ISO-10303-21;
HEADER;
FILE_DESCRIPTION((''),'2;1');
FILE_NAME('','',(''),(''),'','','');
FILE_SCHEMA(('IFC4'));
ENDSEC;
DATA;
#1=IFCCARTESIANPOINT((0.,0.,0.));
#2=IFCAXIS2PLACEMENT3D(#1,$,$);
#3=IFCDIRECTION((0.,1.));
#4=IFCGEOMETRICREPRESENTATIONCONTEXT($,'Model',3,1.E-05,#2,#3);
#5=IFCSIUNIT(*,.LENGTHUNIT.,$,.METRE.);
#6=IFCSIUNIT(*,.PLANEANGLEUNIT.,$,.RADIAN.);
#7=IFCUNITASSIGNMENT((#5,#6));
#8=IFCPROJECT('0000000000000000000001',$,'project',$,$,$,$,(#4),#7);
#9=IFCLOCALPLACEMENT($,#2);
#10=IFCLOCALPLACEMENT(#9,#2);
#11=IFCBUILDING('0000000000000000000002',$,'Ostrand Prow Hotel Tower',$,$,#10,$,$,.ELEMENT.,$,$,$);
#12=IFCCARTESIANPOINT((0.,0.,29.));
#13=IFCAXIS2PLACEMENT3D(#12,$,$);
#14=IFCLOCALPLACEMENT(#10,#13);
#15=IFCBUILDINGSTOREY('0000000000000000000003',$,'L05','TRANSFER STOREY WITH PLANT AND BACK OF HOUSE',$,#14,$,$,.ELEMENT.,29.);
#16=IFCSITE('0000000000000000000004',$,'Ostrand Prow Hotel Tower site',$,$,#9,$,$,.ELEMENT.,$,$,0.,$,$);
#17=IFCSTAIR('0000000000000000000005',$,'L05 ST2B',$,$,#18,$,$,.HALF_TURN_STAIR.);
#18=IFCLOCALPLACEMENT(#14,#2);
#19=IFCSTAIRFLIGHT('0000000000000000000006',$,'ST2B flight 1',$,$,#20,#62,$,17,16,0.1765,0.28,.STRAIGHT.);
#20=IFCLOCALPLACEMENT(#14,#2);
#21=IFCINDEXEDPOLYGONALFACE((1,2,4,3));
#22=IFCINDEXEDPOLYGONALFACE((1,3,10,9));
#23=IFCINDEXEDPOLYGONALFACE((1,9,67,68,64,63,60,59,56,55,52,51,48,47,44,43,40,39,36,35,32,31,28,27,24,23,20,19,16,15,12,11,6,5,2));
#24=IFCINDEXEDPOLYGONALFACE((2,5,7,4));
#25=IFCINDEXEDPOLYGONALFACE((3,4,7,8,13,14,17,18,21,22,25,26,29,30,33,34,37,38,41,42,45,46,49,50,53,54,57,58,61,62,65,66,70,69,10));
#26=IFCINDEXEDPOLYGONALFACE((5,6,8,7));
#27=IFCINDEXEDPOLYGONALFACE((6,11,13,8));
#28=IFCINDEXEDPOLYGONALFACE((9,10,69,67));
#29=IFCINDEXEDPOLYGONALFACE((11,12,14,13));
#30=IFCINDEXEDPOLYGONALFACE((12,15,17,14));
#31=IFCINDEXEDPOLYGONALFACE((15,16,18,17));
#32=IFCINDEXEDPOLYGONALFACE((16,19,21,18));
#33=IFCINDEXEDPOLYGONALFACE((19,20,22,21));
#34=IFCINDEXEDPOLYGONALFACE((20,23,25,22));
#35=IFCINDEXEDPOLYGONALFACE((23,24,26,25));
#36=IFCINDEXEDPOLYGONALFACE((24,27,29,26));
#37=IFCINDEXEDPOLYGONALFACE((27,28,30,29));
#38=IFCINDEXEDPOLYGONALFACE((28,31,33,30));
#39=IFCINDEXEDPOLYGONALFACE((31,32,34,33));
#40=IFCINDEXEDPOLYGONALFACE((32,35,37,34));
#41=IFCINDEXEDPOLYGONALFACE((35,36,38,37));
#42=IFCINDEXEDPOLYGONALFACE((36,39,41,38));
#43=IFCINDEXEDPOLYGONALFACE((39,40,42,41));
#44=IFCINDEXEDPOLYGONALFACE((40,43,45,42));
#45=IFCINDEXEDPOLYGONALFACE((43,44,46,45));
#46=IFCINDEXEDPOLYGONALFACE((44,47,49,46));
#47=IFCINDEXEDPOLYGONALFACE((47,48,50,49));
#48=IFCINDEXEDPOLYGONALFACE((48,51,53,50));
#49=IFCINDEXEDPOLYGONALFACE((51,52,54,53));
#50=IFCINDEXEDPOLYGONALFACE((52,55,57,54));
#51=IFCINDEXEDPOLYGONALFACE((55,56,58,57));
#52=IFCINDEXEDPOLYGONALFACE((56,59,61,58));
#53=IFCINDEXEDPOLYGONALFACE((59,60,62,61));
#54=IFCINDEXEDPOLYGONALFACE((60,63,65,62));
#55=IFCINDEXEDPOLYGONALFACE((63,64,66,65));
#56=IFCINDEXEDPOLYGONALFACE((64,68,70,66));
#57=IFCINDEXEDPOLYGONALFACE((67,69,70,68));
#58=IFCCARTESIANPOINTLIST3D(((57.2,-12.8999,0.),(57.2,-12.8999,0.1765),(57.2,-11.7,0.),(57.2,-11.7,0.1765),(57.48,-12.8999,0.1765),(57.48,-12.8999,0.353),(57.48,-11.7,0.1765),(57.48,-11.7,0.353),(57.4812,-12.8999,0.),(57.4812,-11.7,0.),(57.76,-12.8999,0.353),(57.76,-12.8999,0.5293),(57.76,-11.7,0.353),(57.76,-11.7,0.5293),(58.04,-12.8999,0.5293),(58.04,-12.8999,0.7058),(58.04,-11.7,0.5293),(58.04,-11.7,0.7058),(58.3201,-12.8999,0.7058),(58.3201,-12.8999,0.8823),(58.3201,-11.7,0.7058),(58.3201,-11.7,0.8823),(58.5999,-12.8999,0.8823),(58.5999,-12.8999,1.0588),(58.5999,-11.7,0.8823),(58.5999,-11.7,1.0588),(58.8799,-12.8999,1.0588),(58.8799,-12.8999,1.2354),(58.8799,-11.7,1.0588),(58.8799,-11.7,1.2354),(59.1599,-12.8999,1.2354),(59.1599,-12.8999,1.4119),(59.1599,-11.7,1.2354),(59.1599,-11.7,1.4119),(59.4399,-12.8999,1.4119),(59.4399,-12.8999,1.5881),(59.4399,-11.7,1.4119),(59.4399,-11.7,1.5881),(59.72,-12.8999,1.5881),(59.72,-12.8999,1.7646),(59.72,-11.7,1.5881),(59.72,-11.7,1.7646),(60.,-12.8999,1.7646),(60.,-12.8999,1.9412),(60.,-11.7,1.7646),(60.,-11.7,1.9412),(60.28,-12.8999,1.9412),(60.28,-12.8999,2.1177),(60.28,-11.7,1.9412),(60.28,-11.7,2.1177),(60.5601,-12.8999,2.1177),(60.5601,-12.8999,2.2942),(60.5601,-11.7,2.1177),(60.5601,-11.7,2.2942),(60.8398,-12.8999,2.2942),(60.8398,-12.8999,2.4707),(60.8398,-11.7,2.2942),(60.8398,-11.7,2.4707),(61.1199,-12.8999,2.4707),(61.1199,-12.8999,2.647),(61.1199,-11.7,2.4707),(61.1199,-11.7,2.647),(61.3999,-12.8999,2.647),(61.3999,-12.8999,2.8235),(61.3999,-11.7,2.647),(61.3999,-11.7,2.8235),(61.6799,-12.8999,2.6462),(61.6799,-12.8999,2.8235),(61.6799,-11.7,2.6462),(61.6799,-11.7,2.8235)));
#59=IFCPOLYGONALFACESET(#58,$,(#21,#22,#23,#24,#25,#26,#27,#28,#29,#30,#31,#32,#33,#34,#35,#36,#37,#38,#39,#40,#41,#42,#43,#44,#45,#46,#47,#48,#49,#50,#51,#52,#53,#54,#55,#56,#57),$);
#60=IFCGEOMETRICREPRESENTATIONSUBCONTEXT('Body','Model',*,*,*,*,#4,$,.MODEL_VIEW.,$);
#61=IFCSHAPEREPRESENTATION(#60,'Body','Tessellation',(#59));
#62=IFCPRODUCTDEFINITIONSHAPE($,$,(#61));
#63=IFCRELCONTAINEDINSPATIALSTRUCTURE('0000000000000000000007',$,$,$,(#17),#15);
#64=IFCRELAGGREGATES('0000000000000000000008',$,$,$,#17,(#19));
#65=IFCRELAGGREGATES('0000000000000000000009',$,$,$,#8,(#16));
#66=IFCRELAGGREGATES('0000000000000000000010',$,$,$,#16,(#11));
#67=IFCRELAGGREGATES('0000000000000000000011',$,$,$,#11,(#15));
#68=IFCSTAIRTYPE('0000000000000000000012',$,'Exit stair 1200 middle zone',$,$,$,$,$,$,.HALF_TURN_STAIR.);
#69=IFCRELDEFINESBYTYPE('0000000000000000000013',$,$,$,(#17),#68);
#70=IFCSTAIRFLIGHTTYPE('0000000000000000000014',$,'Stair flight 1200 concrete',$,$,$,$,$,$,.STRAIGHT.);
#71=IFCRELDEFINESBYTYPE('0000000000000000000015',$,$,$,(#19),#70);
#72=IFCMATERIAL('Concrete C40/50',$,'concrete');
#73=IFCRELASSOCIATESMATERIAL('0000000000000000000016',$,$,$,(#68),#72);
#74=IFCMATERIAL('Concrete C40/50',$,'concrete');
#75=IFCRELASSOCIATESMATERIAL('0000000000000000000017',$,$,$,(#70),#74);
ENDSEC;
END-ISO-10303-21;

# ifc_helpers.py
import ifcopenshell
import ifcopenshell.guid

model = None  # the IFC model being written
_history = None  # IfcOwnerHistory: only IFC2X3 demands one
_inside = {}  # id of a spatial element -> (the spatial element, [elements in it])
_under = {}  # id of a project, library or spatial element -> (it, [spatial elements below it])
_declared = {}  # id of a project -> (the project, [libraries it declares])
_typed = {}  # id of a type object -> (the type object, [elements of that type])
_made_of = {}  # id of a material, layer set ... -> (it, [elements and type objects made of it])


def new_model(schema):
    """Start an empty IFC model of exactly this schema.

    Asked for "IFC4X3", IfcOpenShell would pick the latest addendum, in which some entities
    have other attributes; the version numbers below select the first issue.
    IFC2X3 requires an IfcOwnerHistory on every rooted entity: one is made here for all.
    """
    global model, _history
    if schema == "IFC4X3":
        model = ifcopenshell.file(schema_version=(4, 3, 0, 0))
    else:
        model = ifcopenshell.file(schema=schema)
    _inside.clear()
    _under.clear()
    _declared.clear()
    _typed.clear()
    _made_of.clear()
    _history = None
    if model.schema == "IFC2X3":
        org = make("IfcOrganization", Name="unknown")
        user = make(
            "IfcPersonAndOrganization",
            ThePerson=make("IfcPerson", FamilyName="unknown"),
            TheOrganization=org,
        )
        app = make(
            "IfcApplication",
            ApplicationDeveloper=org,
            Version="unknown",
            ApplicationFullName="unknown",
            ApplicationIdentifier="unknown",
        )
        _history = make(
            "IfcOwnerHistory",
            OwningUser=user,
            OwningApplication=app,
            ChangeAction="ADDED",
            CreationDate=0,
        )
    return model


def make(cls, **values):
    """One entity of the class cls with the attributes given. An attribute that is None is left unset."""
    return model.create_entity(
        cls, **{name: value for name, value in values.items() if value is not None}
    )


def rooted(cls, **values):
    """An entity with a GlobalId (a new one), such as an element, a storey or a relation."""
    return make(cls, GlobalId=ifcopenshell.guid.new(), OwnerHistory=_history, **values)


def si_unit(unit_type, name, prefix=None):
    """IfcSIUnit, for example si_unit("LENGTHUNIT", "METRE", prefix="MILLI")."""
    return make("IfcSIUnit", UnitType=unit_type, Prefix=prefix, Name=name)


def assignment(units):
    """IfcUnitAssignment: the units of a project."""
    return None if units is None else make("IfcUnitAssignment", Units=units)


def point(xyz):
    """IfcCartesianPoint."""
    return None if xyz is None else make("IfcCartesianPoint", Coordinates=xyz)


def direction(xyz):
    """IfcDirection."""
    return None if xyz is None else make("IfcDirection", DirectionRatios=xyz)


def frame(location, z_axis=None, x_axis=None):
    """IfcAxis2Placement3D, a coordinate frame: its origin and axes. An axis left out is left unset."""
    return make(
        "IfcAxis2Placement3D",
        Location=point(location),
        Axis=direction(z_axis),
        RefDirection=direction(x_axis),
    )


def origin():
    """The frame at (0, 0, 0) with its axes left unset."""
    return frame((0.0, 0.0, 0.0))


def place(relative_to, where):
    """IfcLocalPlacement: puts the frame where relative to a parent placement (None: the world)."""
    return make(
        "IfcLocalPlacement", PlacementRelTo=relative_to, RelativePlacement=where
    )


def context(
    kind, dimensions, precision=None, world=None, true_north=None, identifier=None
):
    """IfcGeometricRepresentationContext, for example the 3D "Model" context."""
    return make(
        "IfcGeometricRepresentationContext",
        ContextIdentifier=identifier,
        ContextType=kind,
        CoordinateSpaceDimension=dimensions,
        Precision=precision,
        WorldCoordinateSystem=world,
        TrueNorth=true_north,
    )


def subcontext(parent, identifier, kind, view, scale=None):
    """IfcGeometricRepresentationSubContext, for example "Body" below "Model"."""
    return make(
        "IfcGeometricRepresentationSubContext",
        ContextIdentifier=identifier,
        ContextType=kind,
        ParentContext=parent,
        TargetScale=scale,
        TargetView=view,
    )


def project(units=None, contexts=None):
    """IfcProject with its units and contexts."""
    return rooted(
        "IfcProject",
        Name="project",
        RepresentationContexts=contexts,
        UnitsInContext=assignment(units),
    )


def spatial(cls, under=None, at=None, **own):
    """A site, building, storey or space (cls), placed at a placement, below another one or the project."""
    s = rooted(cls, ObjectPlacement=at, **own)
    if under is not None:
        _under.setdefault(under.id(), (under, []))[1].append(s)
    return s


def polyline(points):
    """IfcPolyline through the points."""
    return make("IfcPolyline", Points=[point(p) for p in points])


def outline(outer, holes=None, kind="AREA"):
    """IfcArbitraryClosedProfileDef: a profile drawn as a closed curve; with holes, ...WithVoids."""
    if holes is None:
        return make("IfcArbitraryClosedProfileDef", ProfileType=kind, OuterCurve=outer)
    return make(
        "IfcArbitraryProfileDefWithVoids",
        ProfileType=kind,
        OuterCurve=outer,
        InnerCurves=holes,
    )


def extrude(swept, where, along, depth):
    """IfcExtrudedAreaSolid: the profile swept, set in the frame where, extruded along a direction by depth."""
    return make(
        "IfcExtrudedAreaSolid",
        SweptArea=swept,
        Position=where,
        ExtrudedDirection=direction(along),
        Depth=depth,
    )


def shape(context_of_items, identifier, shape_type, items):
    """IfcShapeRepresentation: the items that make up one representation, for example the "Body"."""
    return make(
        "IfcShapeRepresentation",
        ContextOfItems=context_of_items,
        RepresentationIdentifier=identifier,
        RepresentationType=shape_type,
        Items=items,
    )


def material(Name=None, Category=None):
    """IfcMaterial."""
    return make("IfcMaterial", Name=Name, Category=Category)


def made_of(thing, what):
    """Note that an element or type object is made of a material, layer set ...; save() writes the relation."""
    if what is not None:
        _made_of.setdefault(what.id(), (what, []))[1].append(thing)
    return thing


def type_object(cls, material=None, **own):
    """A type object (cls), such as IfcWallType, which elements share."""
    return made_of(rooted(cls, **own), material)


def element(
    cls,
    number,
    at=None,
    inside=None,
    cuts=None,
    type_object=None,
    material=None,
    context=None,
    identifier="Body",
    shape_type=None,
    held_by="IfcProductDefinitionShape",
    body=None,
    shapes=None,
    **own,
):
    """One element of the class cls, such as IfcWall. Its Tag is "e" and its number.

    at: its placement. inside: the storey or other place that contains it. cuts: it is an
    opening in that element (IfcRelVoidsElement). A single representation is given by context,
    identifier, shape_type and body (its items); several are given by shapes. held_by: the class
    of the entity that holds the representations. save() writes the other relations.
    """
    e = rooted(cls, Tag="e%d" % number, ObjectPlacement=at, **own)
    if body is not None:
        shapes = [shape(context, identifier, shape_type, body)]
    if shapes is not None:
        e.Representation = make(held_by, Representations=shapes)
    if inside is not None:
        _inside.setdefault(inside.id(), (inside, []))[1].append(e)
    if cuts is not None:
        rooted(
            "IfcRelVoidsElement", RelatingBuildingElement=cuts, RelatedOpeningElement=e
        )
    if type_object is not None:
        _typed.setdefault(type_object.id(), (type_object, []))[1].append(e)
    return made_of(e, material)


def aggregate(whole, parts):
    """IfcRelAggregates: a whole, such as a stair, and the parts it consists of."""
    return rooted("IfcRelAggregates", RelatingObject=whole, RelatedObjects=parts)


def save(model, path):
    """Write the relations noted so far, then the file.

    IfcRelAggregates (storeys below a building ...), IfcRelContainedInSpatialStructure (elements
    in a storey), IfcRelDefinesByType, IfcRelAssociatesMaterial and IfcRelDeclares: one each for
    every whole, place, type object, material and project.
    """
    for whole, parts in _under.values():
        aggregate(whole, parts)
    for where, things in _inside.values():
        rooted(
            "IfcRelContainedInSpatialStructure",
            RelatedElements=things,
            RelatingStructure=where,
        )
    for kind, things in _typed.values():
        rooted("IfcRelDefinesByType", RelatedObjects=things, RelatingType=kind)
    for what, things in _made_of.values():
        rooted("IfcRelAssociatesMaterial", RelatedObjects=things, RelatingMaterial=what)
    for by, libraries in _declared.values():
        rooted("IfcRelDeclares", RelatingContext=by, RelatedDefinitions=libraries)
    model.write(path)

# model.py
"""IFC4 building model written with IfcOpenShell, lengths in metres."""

from ifc_helpers import new_model, si_unit, direction, frame, origin, place, context, subcontext, project, spatial, polyline, outline, extrude, material, type_object, element, aggregate, save


model = new_model("IFC4")

# Units and contexts
model_context = context("Model", 3, precision=1e-05, world=origin(), true_north=direction((0.0, 1.0)))
body_context = subcontext(model_context, "Body", "Model", "MODEL_VIEW")
ifc_project = project(units=[si_unit("LENGTHUNIT", "METRE"), si_unit("PLANEANGLEUNIT", "RADIAN")], contexts=[model_context])

# Site, building, storey
site_placement = place(None, origin())
site = spatial("IfcSite", under=ifc_project, at=site_placement, Name="Ostrand Prow Hotel Tower site", CompositionType="ELEMENT", RefElevation=0.0)
building_placement = place(site_placement, origin())
building = spatial("IfcBuilding", under=site, at=building_placement, Name="Ostrand Prow Hotel Tower", CompositionType="ELEMENT")
storey_placement = place(building_placement, frame((0.0, 0.0, 29.0)))
storey = spatial("IfcBuildingStorey", under=building, at=storey_placement, Name="L05", Description="TRANSFER STOREY WITH PLANT AND BACK OF HOUSE", CompositionType="ELEMENT", Elevation=29.0)

# Stair, stair flight
ifc_material_1 = material(Name="Concrete C40/50", Category="concrete")
stair_type = type_object("IfcStairType", Name="Exit stair 1200 middle zone", PredefinedType="HALF_TURN_STAIR", material=ifc_material_1)
stair_placement = place(storey_placement, origin())
stair = element("IfcStair", 1, at=stair_placement, inside=storey, type_object=stair_type, Name="L05 ST2B", PredefinedType="HALF_TURN_STAIR")
ifc_material_2 = material(Name="Concrete C40/50", Category="concrete")
stair_flight_type = type_object("IfcStairFlightType", Name="Stair flight 1200 concrete", PredefinedType="STRAIGHT", material=ifc_material_2)
stair_flight_placement = place(storey_placement, frame((57.2, -12.3, 0.0), z_axis=(0.0, 0.0, 1.0), x_axis=(1.0, 0.0, 0.0)))
stair_flight = element("IfcStairFlight", 2, at=stair_flight_placement, type_object=stair_flight_type, Name="ST2B flight 1", NumberOfRisers=17, NumberOfTreads=16, PredefinedType="STRAIGHT", RiserHeight=0.1765, TreadLength=0.28, context=body_context, shape_type="SweptSolid", body=[
    extrude(outline(polyline([(0.0, 0.0), (0.0, 0.1765), (0.28, 0.1765), (0.28, 0.353), (0.5601, 0.353), (0.5601, 0.5293), (0.8401, 0.5293), (0.8401, 0.7058), (1.1201, 0.7058), (1.1201, 0.8823), (1.3999, 0.8823), (1.3999, 1.0588), (1.6799, 1.0588), (1.6799, 1.2354), (1.96, 1.2354), (1.96, 1.4119), (2.24, 1.4119), (2.24, 1.5881), (2.52, 1.5881), (2.52, 1.7646), (2.8, 1.7646), (2.8, 1.9412), (3.0801, 1.9412), (3.0801, 2.1177), (3.3601, 2.1177), (3.3601, 2.2942), (3.6399, 2.2942), (3.6399, 2.4707), (3.9199, 2.4707), (3.9199, 2.647), (4.2, 2.647), (4.2, 2.8235), (4.48, 2.8235), (4.48, 3.0), (4.48, 2.6462), (0.2812, 0.0), (0.0, 0.0)])), frame((0.0, 0.6001, 0.0), z_axis=(0.0, -1.0, 0.0), x_axis=(1.0, 0.0, 0.0)), (0.0, 0.0, 1.0), 1.2),
])
aggregate(stair, [stair_flight])

save(model, "model.ifc")
